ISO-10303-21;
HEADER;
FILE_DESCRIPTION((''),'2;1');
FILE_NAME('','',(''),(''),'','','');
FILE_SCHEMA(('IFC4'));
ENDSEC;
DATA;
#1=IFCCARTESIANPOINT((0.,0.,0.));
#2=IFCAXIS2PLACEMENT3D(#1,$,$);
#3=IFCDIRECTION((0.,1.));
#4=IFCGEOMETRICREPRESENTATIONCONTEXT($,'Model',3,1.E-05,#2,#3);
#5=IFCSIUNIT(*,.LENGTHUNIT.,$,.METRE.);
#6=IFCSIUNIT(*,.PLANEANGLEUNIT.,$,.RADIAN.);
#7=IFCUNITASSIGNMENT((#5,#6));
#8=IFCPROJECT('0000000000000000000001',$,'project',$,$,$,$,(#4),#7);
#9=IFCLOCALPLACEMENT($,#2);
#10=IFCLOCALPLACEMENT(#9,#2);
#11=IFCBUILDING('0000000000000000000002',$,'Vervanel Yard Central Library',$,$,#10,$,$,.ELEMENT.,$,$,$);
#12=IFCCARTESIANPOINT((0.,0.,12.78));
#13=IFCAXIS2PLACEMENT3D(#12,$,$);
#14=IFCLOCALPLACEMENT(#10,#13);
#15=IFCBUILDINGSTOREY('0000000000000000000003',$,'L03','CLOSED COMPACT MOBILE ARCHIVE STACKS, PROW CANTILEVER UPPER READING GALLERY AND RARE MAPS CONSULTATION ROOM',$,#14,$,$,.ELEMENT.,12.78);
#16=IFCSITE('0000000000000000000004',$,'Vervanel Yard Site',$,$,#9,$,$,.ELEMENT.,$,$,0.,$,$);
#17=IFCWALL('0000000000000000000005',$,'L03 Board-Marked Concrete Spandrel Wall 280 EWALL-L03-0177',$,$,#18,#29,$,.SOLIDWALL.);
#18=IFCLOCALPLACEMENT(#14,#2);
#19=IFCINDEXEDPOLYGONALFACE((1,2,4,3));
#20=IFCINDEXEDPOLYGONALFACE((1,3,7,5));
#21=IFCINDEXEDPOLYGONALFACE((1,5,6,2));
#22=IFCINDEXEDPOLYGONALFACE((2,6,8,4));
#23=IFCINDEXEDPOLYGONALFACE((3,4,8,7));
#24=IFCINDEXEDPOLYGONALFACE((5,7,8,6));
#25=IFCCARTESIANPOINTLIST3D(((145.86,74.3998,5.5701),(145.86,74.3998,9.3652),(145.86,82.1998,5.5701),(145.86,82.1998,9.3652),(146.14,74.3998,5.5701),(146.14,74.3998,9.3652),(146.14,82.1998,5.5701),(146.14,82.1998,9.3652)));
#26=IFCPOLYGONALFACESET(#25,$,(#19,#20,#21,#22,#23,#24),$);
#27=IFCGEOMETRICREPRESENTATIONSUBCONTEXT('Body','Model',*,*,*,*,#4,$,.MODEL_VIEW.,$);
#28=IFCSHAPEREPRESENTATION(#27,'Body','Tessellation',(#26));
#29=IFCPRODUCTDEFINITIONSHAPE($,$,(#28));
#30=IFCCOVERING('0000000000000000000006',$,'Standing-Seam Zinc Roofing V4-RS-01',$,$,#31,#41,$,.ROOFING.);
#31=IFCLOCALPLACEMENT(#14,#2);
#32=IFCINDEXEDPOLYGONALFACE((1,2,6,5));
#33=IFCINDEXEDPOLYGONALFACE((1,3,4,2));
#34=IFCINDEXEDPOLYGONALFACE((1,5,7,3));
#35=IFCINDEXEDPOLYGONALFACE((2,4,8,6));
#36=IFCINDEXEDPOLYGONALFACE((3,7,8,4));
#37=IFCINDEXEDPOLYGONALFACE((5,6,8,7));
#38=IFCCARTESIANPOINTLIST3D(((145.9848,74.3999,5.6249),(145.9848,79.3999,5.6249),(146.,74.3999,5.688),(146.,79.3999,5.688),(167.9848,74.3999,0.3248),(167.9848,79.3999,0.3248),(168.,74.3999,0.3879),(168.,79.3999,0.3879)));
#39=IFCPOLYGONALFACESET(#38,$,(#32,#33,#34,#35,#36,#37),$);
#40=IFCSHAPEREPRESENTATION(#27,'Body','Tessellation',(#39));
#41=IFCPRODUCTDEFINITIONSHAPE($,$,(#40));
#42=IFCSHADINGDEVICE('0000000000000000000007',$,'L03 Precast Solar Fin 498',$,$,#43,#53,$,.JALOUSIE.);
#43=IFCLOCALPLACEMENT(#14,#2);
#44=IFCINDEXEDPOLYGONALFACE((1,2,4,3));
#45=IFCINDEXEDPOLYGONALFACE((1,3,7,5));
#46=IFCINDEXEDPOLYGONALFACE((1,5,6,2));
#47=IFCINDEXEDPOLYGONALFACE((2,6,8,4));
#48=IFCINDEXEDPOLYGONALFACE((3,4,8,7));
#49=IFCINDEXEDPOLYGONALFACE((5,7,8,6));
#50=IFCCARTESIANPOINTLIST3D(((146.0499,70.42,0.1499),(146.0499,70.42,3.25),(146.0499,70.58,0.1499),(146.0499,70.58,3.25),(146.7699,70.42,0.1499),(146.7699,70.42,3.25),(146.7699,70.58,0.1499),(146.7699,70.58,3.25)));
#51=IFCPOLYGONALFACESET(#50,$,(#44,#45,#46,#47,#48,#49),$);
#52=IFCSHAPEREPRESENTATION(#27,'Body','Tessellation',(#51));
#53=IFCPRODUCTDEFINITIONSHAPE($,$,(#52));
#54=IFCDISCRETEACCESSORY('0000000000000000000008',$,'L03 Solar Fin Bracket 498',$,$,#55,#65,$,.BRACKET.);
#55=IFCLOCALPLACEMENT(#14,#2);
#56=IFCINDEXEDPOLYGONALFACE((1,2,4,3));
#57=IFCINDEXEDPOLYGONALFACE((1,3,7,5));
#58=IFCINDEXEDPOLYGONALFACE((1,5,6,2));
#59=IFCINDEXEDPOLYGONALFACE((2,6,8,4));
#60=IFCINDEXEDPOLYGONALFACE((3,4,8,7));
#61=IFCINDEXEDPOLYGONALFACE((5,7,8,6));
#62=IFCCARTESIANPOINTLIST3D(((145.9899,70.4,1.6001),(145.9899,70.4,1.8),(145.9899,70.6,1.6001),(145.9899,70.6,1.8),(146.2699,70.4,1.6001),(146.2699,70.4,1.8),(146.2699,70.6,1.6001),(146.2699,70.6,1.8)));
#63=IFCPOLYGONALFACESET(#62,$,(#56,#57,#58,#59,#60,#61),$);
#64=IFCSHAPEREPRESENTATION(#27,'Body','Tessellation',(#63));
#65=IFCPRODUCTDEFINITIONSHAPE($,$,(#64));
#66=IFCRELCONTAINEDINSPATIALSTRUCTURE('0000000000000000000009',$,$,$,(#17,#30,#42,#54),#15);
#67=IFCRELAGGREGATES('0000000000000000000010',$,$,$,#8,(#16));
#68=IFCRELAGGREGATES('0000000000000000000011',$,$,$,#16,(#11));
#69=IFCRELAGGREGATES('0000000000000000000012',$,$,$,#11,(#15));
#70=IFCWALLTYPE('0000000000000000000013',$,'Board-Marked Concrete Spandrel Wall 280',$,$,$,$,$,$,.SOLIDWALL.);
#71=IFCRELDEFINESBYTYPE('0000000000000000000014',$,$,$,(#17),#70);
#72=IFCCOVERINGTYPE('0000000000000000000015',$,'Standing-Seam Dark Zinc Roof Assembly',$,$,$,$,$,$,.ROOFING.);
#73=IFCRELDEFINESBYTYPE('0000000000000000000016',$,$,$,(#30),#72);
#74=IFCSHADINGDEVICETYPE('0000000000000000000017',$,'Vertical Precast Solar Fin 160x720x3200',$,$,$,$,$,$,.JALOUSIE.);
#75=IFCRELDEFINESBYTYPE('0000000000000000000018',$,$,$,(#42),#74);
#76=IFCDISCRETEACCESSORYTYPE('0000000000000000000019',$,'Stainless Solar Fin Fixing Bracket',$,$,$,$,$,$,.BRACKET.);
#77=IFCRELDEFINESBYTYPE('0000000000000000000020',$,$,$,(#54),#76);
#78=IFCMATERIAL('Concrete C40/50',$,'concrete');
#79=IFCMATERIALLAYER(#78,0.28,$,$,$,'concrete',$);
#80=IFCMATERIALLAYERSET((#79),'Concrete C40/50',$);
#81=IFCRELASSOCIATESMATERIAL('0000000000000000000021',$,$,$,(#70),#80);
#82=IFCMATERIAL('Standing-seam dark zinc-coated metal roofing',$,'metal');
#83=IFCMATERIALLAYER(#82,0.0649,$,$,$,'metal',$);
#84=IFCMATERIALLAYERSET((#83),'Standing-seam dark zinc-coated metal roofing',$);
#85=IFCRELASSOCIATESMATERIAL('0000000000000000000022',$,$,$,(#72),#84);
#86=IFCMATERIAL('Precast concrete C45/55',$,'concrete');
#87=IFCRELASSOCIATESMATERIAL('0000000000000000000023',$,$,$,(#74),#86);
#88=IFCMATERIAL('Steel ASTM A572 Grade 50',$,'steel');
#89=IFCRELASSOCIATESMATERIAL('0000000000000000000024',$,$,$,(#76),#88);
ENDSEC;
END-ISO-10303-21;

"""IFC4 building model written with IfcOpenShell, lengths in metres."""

from ifc_helpers import new_model, si_unit, direction, frame, frame_2d, origin, origin_2d, place, context, subcontext, project, spatial, polyline, rectangle, outline, extrude, material, layer, layer_set, type_object, element, save


model = new_model("IFC4")

# Units and contexts
model_context = context("Model", 3, precision=1e-05, world=origin(), true_north=direction((0.0, 1.0)))
body_context = subcontext(model_context, "Body", "Model", "MODEL_VIEW")
ifc_project = project(units=[si_unit("LENGTHUNIT", "METRE"), si_unit("PLANEANGLEUNIT", "RADIAN")], contexts=[model_context])

# Site, building, storey
site_placement = place(None, origin())
site = spatial("IfcSite", under=ifc_project, at=site_placement, Name="Vervanel Yard Site", CompositionType="ELEMENT", RefElevation=0.0)
building_placement = place(site_placement, origin())
building = spatial("IfcBuilding", under=site, at=building_placement, Name="Vervanel Yard Central Library", CompositionType="ELEMENT")
storey_placement = place(building_placement, frame((0.0, 0.0, 12.78)))
storey = spatial("IfcBuildingStorey", under=building, at=storey_placement, Name="L03", Description="CLOSED COMPACT MOBILE ARCHIVE STACKS, PROW CANTILEVER UPPER READING GALLERY AND RARE MAPS CONSULTATION ROOM", CompositionType="ELEMENT", Elevation=12.78)

# Shared definitions
ifc_material_1 = material(Name="Steel ASTM A572 Grade 50", Category="steel")

# Wall
ifc_material_2 = material(Name="Concrete C40/50", Category="concrete")
ifc_layer_1 = layer(ifc_material_2, 0.28, Category="concrete")
ifc_layer_set_1 = layer_set([ifc_layer_1], Name="Concrete C40/50")
wall_type = type_object("IfcWallType", Name="Board-Marked Concrete Spandrel Wall 280", PredefinedType="SOLIDWALL", material=ifc_layer_set_1)
wall_placement = place(storey_placement, frame((146.0, 74.3999, 5.5701), z_axis=(0.0, 0.0, 1.0), x_axis=(0.0, 1.0, 0.0)))
element("IfcWall", 1, at=wall_placement, inside=storey, type_object=wall_type, Name="L03 Board-Marked Concrete Spandrel Wall 280 EWALL-L03-0177", PredefinedType="SOLIDWALL", context=body_context, shape_type="SweptSolid", body=[
    extrude(rectangle(XDim=7.8, YDim=0.28, at=frame_2d((3.8999, 0.0))), origin(), (0.0, 0.0, 1.0), 3.7952),
])

# Covering
ifc_material_3 = material(Name="Standing-seam dark zinc-coated metal roofing", Category="metal")
ifc_layer_2 = layer(ifc_material_3, 0.0649, Category="metal")
ifc_layer_set_2 = layer_set([ifc_layer_2], Name="Standing-seam dark zinc-coated metal roofing")
covering_type = type_object("IfcCoveringType", Name="Standing-Seam Dark Zinc Roof Assembly", PredefinedType="ROOFING", material=ifc_layer_set_2)
covering_placement = place(storey_placement, frame((146.0, 74.3999, 5.688), z_axis=(0.234211, 0.0, 0.972186), x_axis=(0.972186, 0.0, -0.234211)))
element("IfcCovering", 2, at=covering_placement, inside=storey, type_object=covering_type, Name="Standing-Seam Zinc Roofing V4-RS-01", PredefinedType="ROOFING", context=body_context, shape_type="SweptSolid", body=[
    extrude(outline(polyline([(0.0, 0.0), (22.6294, 0.0), (22.6294, 5.0), (0.0, 5.0), (0.0, 0.0)])), origin(), (0.0, 0.0, -1.0), 0.0649),
])

# Shading device
ifc_material_4 = material(Name="Precast concrete C45/55", Category="concrete")
shading_device_type = type_object("IfcShadingDeviceType", Name="Vertical Precast Solar Fin 160x720x3200", PredefinedType="JALOUSIE", material=ifc_material_4)
shading_device_placement = place(storey_placement, frame((146.4099, 70.5, 0.1499), z_axis=(0.0, 0.0, 1.0), x_axis=(0.0, 1.0, 0.0)))
element("IfcShadingDevice", 3, at=shading_device_placement, inside=storey, type_object=shading_device_type, Name="L03 Precast Solar Fin 498", PredefinedType="JALOUSIE", context=body_context, shape_type="SweptSolid", body=[
    extrude(rectangle(XDim=0.1599, YDim=0.72, at=origin_2d()), origin(), (0.0, 0.0, 1.0), 3.1001),
])

# Discrete accessory
discrete_accessory_type = type_object("IfcDiscreteAccessoryType", Name="Stainless Solar Fin Fixing Bracket", PredefinedType="BRACKET", material=ifc_material_1)
discrete_accessory_placement = place(storey_placement, frame((146.1299, 70.5, 1.6001), z_axis=(0.0, 0.0, 1.0), x_axis=(0.0, 1.0, 0.0)))
element("IfcDiscreteAccessory", 4, at=discrete_accessory_placement, inside=storey, type_object=discrete_accessory_type, Name="L03 Solar Fin Bracket 498", PredefinedType="BRACKET", context=body_context, shape_type="SweptSolid", body=[
    extrude(rectangle(XDim=0.2, YDim=0.28, at=origin_2d()), origin(), (0.0, 0.0, 1.0), 0.2),
])

save(model, "model.ifc")
